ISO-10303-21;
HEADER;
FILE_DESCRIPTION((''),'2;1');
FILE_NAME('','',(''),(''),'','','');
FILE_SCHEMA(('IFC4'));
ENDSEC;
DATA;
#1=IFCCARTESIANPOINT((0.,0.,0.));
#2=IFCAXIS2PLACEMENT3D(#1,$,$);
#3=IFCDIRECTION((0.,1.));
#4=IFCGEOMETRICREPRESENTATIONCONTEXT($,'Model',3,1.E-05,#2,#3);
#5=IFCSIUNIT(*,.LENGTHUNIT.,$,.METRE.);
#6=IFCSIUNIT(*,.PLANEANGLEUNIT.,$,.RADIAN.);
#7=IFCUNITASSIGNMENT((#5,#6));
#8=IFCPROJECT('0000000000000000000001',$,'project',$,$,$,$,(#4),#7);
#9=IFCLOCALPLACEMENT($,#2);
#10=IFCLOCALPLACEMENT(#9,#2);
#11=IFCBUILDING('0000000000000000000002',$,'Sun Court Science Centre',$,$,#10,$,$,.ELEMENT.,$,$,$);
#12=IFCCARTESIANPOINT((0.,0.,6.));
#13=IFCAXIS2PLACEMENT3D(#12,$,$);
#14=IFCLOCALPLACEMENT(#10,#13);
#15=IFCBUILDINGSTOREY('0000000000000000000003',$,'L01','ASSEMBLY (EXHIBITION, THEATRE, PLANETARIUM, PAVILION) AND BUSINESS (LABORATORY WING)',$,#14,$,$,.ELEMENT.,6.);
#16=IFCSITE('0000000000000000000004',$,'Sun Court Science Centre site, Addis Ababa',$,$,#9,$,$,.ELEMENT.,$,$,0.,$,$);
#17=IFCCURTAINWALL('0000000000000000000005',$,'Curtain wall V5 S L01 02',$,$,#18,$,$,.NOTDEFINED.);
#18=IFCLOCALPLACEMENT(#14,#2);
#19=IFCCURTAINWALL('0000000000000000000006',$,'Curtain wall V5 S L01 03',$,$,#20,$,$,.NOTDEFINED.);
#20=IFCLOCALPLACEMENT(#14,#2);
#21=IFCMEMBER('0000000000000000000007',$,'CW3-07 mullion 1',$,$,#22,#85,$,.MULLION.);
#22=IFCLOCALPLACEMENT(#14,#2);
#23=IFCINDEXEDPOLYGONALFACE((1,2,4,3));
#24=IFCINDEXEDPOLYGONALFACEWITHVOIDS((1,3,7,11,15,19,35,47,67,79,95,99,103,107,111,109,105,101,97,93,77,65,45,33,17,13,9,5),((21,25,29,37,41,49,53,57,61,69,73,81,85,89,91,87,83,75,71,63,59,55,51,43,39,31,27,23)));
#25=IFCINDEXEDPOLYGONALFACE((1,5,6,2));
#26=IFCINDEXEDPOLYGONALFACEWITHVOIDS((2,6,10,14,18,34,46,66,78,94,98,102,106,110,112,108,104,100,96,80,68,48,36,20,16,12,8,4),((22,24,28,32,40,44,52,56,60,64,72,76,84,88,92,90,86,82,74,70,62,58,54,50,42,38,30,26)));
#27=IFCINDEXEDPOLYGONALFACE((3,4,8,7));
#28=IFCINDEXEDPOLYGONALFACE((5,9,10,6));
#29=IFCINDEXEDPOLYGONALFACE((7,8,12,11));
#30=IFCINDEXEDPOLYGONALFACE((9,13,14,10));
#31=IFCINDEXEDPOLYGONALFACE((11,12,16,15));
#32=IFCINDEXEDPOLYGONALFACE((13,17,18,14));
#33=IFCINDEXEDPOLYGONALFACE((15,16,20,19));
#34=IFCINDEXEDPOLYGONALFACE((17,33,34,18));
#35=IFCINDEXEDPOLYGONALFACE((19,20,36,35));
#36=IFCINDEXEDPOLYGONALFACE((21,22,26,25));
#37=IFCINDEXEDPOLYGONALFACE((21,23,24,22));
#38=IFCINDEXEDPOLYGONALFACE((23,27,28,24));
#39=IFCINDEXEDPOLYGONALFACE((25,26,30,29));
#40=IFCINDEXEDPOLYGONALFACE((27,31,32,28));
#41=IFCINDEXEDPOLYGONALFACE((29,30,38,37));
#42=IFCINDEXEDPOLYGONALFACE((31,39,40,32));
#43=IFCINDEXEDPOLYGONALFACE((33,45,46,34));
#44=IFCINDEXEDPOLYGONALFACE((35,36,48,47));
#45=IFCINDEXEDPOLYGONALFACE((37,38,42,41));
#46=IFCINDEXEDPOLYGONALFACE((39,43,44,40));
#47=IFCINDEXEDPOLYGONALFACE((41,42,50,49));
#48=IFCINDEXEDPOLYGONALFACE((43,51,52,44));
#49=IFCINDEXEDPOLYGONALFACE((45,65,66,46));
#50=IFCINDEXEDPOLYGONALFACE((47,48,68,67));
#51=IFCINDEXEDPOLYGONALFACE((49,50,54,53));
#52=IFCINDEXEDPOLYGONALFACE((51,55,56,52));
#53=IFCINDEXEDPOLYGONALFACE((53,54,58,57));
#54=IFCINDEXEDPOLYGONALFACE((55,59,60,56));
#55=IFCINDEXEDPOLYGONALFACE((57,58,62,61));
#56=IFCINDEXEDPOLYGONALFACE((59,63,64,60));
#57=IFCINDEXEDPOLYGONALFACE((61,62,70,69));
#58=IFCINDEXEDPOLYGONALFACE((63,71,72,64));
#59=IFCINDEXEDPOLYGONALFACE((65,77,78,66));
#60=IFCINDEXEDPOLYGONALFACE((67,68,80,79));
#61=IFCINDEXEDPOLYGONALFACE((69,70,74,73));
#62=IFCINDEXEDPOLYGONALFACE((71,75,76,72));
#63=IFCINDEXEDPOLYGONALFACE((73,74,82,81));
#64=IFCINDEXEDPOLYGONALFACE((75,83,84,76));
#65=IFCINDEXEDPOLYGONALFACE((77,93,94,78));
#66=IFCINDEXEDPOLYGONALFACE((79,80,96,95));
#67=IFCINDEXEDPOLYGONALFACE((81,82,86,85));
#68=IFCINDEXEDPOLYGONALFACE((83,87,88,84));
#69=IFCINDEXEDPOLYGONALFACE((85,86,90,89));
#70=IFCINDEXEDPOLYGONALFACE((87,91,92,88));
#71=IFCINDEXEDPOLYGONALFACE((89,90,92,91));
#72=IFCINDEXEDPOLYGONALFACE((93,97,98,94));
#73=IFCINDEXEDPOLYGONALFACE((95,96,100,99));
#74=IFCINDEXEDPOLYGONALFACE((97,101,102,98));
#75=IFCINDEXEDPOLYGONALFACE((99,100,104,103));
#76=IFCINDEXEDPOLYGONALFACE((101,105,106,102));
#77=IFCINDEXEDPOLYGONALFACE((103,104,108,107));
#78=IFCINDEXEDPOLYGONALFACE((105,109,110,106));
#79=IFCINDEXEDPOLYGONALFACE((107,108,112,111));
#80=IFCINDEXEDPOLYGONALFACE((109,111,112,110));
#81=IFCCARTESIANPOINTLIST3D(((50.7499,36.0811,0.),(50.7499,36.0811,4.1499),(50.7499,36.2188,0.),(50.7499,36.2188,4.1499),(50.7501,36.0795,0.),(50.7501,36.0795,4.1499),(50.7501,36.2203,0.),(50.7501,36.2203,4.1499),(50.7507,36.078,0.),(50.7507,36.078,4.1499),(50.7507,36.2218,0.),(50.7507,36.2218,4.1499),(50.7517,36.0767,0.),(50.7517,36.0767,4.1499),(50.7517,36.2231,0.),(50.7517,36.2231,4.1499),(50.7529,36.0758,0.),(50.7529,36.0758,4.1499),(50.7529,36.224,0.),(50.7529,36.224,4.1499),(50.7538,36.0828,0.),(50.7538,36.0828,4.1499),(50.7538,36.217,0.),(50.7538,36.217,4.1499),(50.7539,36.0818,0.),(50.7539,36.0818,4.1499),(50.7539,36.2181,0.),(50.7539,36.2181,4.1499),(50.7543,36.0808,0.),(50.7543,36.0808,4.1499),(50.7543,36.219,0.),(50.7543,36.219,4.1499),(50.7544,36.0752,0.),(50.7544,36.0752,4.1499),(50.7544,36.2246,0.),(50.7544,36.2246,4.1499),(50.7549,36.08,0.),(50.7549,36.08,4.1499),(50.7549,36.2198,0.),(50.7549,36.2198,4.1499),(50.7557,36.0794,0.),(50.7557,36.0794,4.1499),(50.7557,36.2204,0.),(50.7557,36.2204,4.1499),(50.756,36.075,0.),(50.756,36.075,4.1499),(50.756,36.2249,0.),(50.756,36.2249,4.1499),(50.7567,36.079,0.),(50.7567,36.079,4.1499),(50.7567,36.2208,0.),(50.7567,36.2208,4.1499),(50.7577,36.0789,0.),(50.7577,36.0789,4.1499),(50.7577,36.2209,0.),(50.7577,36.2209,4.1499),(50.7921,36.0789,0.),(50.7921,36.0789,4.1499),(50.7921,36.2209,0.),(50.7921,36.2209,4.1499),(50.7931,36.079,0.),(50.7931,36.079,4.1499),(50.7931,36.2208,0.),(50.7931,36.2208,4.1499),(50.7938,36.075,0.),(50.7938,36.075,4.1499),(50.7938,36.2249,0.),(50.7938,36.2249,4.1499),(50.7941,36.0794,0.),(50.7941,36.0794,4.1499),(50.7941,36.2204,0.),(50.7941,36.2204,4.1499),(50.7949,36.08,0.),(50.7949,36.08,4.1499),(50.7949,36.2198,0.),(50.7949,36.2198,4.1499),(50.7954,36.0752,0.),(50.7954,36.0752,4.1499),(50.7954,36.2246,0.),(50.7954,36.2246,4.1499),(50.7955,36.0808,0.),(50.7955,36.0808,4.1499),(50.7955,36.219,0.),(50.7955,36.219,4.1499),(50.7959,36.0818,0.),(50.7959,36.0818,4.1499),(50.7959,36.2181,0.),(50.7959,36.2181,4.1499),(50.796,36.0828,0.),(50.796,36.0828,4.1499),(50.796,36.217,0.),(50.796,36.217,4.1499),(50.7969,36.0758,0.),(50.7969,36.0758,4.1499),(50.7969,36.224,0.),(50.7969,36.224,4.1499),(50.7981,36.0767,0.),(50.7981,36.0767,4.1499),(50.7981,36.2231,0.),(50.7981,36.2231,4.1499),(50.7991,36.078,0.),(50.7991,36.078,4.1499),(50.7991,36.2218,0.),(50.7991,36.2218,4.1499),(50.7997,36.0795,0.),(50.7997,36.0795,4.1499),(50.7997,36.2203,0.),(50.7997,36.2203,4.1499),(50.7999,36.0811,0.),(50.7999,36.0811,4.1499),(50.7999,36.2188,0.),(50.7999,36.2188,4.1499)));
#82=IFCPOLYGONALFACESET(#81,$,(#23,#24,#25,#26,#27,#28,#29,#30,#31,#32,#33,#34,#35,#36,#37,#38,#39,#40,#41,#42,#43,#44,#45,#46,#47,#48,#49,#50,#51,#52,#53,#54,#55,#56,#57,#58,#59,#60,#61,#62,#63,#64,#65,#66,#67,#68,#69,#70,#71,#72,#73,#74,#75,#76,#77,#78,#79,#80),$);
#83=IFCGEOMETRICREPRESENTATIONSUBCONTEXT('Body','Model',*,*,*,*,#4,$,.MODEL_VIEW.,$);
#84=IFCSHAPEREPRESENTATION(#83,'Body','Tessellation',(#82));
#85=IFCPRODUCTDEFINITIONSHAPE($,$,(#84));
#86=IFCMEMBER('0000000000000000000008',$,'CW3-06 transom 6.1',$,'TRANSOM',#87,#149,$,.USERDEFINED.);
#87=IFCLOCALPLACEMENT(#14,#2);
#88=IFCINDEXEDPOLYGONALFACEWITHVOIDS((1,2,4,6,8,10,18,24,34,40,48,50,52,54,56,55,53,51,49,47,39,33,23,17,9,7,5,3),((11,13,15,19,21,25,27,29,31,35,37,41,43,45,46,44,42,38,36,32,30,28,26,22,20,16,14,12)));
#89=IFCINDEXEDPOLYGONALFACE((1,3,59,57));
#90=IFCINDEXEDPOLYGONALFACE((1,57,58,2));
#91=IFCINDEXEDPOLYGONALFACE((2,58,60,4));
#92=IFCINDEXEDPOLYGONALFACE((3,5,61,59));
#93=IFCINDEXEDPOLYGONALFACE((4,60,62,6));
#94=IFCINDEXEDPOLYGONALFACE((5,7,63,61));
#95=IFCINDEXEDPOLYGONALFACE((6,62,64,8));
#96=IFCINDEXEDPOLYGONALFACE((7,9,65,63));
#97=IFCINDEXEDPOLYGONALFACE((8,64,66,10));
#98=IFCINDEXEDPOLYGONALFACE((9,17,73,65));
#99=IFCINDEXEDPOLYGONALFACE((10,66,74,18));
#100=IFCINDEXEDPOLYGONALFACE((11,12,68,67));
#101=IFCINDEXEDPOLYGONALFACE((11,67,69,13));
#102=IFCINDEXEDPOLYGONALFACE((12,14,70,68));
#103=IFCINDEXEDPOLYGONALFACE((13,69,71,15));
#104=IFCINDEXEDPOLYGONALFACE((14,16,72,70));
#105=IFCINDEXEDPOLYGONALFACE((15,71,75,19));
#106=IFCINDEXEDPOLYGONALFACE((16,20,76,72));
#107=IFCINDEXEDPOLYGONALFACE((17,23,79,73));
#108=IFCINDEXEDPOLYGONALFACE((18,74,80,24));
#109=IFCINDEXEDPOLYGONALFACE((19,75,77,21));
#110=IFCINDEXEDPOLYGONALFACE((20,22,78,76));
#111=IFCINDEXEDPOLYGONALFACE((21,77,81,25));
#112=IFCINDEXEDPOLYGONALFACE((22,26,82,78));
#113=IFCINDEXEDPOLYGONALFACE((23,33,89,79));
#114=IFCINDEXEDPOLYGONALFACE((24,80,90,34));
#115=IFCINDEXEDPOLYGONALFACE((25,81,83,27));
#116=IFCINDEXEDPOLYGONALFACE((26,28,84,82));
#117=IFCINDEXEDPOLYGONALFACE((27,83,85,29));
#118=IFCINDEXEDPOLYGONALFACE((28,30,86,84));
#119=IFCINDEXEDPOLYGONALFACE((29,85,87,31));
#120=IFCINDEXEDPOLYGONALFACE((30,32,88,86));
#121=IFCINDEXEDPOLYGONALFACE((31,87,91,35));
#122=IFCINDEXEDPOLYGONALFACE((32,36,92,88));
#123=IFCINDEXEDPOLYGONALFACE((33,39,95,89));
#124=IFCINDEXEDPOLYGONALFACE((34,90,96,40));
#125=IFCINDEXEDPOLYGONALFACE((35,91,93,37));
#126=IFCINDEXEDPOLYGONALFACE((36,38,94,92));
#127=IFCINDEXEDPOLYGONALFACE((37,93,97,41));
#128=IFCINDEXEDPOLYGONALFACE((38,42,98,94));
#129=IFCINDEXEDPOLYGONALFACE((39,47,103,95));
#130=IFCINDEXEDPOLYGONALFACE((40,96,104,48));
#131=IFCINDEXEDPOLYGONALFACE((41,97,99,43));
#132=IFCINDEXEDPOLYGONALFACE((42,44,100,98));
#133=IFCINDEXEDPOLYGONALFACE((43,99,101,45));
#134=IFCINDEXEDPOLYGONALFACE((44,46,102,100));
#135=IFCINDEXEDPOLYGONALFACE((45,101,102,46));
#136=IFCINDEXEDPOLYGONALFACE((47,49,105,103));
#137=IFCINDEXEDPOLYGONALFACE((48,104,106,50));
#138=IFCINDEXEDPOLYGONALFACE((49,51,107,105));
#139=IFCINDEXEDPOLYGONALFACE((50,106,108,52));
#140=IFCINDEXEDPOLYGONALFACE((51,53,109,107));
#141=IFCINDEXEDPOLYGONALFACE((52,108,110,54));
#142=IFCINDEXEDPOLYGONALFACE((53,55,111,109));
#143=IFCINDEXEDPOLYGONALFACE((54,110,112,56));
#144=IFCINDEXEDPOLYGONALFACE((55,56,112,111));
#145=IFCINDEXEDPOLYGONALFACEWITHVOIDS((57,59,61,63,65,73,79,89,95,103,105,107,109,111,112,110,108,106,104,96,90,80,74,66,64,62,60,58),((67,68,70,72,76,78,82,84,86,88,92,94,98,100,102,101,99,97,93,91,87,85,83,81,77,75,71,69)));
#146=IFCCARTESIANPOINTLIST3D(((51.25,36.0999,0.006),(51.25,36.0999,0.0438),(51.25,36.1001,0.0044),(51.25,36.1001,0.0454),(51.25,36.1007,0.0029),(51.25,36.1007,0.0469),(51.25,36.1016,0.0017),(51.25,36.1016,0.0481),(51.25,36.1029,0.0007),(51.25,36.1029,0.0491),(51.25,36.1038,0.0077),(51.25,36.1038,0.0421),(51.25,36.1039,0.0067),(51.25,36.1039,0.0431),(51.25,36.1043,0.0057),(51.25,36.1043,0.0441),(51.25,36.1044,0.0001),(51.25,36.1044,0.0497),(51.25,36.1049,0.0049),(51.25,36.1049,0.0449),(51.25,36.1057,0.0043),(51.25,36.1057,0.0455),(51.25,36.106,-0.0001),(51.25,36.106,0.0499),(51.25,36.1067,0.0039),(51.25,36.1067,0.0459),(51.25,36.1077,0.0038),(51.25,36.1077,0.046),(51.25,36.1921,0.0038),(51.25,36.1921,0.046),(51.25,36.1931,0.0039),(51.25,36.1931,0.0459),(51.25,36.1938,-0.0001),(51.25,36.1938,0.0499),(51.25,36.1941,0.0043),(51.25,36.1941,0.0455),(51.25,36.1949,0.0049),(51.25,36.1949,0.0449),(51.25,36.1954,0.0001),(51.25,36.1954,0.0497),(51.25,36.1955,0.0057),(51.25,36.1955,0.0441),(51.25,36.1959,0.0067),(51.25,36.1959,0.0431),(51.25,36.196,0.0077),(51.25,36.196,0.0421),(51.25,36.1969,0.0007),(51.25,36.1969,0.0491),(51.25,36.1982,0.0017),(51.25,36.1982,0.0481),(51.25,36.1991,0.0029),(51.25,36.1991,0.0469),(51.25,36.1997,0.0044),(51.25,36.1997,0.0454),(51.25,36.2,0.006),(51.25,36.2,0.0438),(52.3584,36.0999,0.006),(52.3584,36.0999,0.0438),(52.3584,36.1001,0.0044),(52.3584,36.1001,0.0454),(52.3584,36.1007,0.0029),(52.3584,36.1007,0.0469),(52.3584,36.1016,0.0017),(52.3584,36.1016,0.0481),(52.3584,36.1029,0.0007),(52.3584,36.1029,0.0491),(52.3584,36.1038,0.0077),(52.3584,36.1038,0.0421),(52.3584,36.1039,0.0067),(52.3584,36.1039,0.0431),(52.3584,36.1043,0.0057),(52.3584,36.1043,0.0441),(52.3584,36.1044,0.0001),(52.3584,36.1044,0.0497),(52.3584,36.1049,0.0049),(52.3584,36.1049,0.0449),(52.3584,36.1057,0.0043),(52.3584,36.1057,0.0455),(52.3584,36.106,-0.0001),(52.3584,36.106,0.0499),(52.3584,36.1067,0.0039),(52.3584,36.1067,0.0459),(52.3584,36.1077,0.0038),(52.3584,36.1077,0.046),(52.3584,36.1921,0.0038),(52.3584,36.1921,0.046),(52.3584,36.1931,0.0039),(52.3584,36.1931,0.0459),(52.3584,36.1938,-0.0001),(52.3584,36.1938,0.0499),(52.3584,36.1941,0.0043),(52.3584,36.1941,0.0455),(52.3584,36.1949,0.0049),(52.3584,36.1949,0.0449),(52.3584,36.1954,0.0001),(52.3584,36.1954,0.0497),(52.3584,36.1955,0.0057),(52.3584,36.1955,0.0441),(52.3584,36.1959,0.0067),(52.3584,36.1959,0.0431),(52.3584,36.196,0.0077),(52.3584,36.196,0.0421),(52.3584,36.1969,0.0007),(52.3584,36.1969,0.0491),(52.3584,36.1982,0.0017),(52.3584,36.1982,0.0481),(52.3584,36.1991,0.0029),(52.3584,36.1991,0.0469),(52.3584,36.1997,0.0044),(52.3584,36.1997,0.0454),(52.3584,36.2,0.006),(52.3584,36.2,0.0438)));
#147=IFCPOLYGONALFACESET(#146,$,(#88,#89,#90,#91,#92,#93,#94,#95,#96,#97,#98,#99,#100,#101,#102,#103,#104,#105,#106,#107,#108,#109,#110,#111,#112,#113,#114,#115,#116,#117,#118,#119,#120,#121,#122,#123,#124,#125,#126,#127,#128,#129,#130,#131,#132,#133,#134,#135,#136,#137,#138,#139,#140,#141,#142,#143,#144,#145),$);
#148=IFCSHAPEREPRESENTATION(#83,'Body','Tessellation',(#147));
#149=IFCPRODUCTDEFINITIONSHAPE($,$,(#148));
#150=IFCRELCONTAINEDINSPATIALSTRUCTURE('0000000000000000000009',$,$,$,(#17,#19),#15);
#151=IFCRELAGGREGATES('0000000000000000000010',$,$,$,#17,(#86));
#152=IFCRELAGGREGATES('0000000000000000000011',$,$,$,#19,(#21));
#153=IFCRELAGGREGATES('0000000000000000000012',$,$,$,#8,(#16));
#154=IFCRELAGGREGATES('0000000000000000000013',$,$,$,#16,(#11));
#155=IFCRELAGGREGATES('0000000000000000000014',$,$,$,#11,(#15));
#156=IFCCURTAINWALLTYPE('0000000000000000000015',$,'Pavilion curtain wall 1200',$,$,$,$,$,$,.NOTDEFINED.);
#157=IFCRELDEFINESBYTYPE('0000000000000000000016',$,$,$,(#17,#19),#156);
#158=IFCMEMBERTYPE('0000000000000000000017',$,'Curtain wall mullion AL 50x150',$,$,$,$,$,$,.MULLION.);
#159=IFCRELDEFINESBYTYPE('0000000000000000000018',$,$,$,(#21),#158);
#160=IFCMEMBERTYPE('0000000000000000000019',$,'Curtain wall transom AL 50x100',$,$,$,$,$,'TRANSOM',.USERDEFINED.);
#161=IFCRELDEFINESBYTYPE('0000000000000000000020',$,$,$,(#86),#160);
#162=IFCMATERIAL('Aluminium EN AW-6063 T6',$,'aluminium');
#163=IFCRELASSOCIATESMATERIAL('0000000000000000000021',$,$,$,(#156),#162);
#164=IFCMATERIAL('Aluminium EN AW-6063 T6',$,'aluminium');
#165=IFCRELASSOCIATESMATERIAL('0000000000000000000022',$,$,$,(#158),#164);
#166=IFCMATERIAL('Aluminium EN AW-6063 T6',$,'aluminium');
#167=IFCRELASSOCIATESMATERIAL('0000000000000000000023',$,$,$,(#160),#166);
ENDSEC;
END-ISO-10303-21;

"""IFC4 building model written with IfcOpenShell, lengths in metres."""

from ifc_helpers import new_model, si_unit, direction, frame, origin, origin_2d, place, context, subcontext, project, spatial, hollow_rectangle, extrude, material, material_profile, profile_set, type_object, element, aggregate, save


model = new_model("IFC4")

# Units and contexts
model_context = context("Model", 3, precision=1e-05, world=origin(), true_north=direction((0.0, 1.0)))
body_context = subcontext(model_context, "Body", "Model", "MODEL_VIEW")
ifc_project = project(units=[si_unit("LENGTHUNIT", "METRE"), si_unit("PLANEANGLEUNIT", "RADIAN")], contexts=[model_context])

# Site, building, storey
site_placement = place(None, origin())
site = spatial("IfcSite", under=ifc_project, at=site_placement, Name="Sun Court Science Centre site, Addis Ababa", CompositionType="ELEMENT", RefElevation=0.0)
building_placement = place(site_placement, origin())
building = spatial("IfcBuilding", under=site, at=building_placement, Name="Sun Court Science Centre", CompositionType="ELEMENT")
storey_placement = place(building_placement, frame((0.0, 0.0, 6.0)))
storey = spatial("IfcBuildingStorey", under=building, at=storey_placement, Name="L01", Description="ASSEMBLY (EXHIBITION, THEATRE, PLANETARIUM, PAVILION) AND BUSINESS (LABORATORY WING)", CompositionType="ELEMENT", Elevation=6.0)

# Curtain wall
ifc_material_1 = material(Name="Aluminium EN AW-6063 T6", Category="aluminium")
curtain_wall_type = type_object("IfcCurtainWallType", Name="Pavilion curtain wall 1200", PredefinedType="NOTDEFINED", material=ifc_material_1)
curtain_wall_1_placement = place(storey_placement, origin())
curtain_wall_1 = element("IfcCurtainWall", 1, at=curtain_wall_1_placement, inside=storey, type_object=curtain_wall_type, Name="Curtain wall V5 S L01 02", PredefinedType="NOTDEFINED")
ifc_material_2 = material(Name="Aluminium EN AW-6063 T6", Category="aluminium")
ifc_material_profile_1 = material_profile(ifc_material_2, hollow_rectangle(XDim=0.05, YDim=0.1499, WallThickness=0.0039, InnerFilletRadius=0.0039, OuterFilletRadius=0.0061, at=origin_2d()), Name="AL 50x150x4")
ifc_profile_set_1 = profile_set([ifc_material_profile_1], Name="Aluminium EN AW-6063 T6")
member_type_1 = type_object("IfcMemberType", Name="Curtain wall mullion AL 50x150", PredefinedType="MULLION", material=ifc_profile_set_1)

# Curtain wall, member
curtain_wall_2_placement = place(storey_placement, origin())
curtain_wall_2 = element("IfcCurtainWall", 2, at=curtain_wall_2_placement, inside=storey, type_object=curtain_wall_type, Name="Curtain wall V5 S L01 03", PredefinedType="NOTDEFINED")
member_1_placement = place(storey_placement, frame((50.7749, 36.1499, 0.0), z_axis=(0.0, 0.0, 1.0), x_axis=(-1.0, 0.0, 0.0)))
member_1 = element("IfcMember", 3, at=member_1_placement, type_object=member_type_1, Name="CW3-07 mullion 1", PredefinedType="MULLION", context=body_context, shape_type="SweptSolid", body=[
    extrude(hollow_rectangle(XDim=0.05, YDim=0.1499, WallThickness=0.0039, InnerFilletRadius=0.0039, OuterFilletRadius=0.0061, at=origin_2d()), origin(), (0.0, 0.0, 1.0), 4.1499),
])

# Member
ifc_material_3 = material(Name="Aluminium EN AW-6063 T6", Category="aluminium")
ifc_material_profile_2 = material_profile(ifc_material_3, hollow_rectangle(XDim=0.05, YDim=0.1001, WallThickness=0.0039, InnerFilletRadius=0.0039, OuterFilletRadius=0.0061, at=origin_2d()), Name="AL 50x100x4")
ifc_profile_set_2 = profile_set([ifc_material_profile_2], Name="Aluminium EN AW-6063 T6")
member_type_2 = type_object("IfcMemberType", Name="Curtain wall transom AL 50x100", ElementType="TRANSOM", PredefinedType="USERDEFINED", material=ifc_profile_set_2)
member_2_placement = place(storey_placement, frame((52.3584, 36.1499, 0.0249), z_axis=(-1.0, 0.0, 0.0), x_axis=(0.0, 0.0, 1.0)))
member_2 = element("IfcMember", 4, at=member_2_placement, type_object=member_type_2, Name="CW3-06 transom 6.1", ObjectType="TRANSOM", PredefinedType="USERDEFINED", context=body_context, shape_type="SweptSolid", body=[
    extrude(hollow_rectangle(XDim=0.05, YDim=0.1001, WallThickness=0.0039, InnerFilletRadius=0.0039, OuterFilletRadius=0.0061, at=origin_2d()), origin(), (0.0, 0.0, 1.0), 1.1084),
])

aggregate(curtain_wall_1, [member_2])
aggregate(curtain_wall_2, [member_1])

save(model, "model.ifc")
